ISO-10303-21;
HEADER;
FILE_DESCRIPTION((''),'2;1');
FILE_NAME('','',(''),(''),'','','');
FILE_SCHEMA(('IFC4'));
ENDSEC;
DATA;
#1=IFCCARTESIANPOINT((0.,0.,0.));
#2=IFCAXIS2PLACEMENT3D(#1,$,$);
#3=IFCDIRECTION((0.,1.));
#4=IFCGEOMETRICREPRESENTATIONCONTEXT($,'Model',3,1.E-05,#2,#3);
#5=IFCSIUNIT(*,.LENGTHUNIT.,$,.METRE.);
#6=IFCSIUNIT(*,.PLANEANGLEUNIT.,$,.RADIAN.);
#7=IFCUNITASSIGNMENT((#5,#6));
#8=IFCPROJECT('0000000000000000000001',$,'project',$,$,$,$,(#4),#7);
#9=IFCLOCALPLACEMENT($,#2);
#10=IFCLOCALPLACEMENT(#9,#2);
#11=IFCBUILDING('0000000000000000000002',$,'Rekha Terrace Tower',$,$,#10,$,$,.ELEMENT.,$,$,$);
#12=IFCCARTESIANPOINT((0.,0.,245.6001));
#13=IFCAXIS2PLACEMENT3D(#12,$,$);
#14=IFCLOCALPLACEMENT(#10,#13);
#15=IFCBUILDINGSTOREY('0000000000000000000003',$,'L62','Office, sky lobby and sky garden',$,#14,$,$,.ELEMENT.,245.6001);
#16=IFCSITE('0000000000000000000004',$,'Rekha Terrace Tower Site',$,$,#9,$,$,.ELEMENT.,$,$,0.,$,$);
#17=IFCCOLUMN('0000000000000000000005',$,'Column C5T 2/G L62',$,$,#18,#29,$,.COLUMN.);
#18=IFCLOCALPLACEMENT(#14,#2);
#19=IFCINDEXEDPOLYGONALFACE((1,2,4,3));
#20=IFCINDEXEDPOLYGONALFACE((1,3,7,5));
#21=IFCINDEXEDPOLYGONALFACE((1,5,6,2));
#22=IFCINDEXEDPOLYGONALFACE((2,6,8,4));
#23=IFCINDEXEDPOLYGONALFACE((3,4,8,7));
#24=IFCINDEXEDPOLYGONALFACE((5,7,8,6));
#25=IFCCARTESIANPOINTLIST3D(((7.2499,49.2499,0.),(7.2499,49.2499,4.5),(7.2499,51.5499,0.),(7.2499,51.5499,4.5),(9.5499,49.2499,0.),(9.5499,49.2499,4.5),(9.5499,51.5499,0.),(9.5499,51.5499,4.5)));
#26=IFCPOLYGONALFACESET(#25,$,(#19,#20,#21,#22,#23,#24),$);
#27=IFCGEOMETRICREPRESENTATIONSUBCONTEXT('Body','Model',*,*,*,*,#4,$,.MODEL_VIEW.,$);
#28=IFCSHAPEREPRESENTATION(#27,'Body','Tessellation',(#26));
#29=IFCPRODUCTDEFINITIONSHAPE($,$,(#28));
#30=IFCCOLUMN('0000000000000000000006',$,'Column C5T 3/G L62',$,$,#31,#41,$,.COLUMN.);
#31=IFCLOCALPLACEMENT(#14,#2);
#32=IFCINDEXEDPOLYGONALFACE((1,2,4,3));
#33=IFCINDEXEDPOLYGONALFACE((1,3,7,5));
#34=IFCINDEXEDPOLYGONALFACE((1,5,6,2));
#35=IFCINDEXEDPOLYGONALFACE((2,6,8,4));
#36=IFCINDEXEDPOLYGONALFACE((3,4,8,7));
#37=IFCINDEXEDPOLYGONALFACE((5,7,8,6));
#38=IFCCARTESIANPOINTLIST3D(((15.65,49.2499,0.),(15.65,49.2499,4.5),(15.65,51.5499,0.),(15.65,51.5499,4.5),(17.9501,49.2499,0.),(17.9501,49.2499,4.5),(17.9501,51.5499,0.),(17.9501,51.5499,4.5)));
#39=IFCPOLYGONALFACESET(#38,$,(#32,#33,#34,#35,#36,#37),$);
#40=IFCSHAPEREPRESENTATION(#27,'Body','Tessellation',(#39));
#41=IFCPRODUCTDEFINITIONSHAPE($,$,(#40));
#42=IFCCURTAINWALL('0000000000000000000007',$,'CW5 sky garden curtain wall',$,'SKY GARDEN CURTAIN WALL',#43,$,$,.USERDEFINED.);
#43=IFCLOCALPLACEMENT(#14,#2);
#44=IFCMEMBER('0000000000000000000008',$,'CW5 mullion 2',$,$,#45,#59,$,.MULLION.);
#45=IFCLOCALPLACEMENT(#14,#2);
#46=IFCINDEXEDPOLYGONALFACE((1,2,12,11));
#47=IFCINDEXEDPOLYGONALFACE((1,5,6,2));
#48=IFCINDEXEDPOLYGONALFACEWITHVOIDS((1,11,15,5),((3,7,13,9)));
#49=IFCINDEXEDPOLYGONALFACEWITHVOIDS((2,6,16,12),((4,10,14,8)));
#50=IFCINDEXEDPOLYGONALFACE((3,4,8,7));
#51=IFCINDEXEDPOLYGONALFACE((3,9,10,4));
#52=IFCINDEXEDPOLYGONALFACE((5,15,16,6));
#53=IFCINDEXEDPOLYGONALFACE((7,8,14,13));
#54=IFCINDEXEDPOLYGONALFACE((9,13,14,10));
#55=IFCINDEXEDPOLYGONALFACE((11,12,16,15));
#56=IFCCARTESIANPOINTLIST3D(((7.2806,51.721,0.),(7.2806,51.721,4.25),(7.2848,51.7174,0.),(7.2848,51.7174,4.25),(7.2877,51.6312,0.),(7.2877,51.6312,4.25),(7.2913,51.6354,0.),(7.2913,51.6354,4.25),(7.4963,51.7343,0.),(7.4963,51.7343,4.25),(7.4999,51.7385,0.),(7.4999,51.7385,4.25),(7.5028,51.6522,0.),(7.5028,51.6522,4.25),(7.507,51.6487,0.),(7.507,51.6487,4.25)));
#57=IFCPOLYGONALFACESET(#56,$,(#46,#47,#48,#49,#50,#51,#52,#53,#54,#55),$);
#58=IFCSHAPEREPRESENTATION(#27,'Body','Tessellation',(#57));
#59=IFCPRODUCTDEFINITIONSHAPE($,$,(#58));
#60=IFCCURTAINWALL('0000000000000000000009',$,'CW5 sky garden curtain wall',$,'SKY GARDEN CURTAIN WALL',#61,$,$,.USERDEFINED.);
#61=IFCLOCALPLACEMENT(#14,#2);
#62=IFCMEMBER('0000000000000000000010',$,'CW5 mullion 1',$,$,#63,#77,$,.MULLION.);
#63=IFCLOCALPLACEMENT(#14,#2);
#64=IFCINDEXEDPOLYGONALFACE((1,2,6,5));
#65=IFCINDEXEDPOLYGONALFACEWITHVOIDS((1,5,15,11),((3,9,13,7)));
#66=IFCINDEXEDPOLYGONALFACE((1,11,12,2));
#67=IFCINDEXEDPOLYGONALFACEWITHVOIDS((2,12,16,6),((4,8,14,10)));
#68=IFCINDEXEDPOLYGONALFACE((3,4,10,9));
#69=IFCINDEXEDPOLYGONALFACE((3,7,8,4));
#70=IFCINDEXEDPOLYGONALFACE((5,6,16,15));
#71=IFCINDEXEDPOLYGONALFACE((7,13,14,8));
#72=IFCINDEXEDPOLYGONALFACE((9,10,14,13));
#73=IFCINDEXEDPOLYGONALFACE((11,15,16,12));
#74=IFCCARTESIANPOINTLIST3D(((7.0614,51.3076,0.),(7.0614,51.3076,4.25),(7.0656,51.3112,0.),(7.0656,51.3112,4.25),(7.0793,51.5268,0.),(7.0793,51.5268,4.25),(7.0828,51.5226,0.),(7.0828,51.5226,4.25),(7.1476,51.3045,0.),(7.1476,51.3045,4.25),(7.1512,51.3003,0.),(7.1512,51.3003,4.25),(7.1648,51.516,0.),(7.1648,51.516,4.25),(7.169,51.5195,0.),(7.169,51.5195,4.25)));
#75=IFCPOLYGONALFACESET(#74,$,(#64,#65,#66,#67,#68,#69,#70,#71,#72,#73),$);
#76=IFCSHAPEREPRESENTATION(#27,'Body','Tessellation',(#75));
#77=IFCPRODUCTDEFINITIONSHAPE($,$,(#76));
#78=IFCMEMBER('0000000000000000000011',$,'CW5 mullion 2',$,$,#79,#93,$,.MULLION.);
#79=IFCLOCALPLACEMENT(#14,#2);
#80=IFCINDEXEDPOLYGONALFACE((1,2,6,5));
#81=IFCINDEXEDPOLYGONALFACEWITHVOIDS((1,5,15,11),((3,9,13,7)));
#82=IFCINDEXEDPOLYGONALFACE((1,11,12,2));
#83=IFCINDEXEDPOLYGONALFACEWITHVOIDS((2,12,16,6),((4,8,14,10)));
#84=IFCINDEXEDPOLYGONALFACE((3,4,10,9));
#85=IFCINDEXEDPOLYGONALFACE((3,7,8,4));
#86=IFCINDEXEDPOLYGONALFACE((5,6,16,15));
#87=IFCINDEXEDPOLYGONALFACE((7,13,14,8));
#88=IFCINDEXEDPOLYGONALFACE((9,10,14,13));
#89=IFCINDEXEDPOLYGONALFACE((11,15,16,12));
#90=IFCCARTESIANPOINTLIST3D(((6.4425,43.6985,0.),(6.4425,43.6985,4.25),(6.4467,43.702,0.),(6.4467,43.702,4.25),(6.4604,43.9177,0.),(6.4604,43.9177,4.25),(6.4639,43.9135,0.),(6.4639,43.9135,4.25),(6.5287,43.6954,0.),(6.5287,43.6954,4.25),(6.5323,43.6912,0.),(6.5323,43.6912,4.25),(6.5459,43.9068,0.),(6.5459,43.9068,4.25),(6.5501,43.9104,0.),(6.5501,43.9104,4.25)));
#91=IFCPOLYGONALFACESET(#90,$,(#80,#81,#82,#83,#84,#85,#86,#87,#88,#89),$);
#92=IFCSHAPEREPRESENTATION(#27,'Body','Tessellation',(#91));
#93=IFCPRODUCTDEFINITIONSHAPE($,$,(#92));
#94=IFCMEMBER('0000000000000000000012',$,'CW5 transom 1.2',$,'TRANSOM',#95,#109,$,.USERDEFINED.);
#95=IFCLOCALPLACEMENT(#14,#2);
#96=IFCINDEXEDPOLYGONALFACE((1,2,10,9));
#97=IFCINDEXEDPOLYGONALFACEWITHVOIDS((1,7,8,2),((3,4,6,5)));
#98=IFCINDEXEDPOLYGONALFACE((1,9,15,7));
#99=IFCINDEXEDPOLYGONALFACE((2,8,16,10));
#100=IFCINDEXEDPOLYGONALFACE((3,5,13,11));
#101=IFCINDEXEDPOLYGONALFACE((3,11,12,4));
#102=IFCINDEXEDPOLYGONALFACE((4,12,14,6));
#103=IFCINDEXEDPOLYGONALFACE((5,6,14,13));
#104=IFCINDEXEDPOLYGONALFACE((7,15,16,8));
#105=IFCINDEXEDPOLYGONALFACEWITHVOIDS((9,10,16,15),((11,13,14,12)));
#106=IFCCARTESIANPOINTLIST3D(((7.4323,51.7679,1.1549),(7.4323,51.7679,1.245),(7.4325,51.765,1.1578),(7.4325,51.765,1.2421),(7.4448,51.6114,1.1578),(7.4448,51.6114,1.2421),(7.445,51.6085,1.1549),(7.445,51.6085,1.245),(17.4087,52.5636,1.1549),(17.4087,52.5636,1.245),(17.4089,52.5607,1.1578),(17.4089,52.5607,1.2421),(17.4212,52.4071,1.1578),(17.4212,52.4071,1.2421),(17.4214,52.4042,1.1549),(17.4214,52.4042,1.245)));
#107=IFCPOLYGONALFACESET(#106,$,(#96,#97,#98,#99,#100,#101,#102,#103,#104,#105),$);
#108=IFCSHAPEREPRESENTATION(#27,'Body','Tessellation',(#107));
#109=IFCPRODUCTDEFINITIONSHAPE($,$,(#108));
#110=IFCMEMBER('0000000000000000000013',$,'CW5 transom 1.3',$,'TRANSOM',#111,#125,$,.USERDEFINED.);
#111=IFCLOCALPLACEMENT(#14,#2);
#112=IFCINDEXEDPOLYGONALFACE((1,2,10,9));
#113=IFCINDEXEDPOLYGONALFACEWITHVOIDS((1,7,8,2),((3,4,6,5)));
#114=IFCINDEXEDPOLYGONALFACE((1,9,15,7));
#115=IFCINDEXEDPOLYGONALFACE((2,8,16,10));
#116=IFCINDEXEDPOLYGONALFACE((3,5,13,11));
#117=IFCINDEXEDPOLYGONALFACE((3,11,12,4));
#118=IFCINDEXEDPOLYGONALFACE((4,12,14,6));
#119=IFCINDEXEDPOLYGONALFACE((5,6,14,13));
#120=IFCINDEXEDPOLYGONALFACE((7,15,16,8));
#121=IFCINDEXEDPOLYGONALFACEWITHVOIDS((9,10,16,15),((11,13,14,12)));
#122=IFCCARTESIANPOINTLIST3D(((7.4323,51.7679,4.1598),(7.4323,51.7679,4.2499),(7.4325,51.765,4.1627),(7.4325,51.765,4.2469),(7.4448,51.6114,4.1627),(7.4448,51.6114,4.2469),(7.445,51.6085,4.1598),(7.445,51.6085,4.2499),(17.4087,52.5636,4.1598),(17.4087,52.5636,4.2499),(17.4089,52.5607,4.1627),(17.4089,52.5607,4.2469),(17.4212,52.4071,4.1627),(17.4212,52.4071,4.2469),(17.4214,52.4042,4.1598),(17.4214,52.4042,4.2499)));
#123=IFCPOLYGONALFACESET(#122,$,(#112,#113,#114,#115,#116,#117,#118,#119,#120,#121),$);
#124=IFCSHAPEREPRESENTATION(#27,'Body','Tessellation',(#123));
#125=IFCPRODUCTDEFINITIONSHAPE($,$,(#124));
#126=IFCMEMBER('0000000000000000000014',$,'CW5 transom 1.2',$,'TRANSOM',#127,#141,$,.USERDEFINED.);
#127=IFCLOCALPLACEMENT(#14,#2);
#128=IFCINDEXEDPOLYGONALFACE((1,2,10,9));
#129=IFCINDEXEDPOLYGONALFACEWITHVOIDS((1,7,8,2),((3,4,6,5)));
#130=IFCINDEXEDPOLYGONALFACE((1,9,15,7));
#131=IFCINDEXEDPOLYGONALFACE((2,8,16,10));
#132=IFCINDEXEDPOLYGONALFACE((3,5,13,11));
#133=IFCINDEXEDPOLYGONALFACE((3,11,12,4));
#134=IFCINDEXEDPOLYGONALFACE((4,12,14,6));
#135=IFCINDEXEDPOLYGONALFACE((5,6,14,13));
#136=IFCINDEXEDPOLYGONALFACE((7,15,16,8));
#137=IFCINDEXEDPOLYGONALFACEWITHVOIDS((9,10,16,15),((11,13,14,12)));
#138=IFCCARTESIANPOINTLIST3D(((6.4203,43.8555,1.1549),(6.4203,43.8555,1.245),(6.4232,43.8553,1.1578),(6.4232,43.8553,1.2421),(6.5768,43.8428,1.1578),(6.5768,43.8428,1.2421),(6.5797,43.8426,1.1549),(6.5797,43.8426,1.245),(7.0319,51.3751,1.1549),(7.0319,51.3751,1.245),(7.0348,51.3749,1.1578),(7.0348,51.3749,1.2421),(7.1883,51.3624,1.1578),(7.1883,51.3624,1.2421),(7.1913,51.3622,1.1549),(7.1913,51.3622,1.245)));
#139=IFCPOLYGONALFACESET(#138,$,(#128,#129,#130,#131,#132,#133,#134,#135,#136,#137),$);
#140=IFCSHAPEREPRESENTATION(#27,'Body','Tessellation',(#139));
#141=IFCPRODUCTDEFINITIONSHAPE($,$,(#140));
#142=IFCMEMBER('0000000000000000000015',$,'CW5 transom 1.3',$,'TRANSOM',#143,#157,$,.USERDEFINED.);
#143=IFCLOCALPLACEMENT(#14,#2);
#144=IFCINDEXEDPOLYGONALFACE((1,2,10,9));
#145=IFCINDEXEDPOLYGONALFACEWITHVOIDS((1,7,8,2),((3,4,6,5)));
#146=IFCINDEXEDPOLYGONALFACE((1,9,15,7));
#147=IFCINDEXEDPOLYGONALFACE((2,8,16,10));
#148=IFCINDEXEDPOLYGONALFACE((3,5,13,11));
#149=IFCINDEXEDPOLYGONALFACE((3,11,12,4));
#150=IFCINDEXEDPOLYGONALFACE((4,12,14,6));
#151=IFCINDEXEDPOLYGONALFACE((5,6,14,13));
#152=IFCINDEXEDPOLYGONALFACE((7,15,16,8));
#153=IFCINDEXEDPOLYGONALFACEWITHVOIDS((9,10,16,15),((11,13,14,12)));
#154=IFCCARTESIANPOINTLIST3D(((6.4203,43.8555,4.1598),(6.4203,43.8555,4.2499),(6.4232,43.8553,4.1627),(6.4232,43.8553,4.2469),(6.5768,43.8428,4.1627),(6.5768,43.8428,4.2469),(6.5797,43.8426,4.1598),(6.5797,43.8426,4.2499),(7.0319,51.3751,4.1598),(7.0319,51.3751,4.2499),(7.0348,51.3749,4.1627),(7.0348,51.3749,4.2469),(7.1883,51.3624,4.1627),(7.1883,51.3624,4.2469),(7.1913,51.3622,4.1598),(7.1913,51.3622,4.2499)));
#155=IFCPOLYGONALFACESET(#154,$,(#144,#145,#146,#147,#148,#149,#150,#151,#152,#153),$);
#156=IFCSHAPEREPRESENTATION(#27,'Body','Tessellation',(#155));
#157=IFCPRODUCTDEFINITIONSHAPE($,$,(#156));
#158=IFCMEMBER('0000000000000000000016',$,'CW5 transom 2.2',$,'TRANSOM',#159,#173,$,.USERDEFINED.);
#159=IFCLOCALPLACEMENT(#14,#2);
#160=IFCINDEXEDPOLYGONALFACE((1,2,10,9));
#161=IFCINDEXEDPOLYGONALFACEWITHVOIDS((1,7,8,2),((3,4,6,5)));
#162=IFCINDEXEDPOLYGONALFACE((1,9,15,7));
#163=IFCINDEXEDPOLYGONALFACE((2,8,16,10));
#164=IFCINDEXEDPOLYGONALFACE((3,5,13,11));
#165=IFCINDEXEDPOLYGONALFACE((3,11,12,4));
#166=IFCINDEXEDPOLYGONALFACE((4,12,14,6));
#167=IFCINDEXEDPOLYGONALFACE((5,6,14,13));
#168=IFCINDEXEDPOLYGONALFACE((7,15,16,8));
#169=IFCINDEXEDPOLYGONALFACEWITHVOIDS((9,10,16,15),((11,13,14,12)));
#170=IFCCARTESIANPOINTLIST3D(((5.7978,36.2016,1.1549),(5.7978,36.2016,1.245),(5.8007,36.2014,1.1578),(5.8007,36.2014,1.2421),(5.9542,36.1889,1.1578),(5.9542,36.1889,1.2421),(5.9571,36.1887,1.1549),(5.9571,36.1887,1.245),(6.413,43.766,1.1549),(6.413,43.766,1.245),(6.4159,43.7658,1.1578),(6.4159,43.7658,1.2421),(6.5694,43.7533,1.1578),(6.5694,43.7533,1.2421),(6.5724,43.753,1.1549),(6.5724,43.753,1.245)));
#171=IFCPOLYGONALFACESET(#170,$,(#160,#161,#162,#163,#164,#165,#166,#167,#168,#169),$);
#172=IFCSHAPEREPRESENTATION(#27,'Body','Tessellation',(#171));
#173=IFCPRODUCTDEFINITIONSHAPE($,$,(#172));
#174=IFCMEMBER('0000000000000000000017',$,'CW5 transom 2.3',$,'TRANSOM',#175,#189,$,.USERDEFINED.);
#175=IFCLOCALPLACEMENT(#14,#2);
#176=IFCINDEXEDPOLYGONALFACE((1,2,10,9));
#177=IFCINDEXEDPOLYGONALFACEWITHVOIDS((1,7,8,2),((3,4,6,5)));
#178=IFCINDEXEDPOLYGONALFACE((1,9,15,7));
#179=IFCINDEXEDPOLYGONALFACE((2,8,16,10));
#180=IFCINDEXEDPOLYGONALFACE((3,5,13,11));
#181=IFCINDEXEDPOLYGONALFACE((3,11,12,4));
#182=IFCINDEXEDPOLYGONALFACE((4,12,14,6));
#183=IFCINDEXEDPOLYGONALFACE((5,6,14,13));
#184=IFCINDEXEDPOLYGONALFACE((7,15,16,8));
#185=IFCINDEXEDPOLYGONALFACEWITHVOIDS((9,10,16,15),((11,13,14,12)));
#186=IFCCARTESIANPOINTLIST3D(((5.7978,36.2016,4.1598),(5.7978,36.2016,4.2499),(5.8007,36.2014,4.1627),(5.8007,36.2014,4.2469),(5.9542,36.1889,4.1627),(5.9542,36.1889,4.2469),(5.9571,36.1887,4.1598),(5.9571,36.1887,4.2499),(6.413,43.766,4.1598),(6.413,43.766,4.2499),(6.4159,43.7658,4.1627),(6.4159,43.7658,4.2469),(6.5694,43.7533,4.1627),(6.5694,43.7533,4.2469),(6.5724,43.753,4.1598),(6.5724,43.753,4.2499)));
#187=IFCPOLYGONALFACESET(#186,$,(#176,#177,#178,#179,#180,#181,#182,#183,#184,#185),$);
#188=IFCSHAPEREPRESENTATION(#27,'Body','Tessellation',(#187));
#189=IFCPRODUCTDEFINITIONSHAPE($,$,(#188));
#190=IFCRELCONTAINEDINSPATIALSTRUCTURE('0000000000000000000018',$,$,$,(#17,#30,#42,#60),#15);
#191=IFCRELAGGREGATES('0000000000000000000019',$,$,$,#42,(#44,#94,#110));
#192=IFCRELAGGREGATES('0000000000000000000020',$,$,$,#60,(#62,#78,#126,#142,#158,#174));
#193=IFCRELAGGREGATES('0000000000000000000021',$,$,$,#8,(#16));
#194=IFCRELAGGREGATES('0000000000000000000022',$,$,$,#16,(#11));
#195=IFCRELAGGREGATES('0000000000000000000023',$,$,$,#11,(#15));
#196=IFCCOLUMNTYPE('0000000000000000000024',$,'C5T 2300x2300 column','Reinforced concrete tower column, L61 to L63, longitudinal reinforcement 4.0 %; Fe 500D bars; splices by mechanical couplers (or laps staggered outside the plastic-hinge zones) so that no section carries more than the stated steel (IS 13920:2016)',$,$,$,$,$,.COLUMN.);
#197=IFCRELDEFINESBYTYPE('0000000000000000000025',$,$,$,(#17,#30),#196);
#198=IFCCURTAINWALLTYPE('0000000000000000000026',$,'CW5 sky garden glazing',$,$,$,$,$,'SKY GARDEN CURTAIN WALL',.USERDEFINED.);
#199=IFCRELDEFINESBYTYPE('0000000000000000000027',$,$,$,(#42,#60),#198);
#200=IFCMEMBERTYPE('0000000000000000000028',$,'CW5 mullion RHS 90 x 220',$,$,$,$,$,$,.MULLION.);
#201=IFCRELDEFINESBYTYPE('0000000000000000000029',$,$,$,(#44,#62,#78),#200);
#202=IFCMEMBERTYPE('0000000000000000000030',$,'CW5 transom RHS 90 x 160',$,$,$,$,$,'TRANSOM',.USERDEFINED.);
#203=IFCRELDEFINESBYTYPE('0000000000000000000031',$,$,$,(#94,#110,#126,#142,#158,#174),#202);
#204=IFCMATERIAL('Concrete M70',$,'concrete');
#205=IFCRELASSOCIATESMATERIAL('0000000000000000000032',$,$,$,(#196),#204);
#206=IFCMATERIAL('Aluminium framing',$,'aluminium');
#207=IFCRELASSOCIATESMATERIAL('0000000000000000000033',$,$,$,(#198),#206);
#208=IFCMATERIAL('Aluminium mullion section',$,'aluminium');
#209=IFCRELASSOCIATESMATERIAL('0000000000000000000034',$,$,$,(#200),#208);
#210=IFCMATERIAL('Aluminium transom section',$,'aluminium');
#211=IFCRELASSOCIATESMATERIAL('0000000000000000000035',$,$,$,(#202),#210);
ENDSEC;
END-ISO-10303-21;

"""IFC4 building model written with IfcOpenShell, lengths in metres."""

from ifc_helpers import new_model, si_unit, direction, frame, origin, origin_2d, place, context, subcontext, project, spatial, rectangle, hollow_rectangle, extrude, material, material_profile, profile_set, type_object, element, aggregate, save


model = new_model("IFC4")

# Units and contexts
model_context = context("Model", 3, precision=1e-05, world=origin(), true_north=direction((0.0, 1.0)))
body_context = subcontext(model_context, "Body", "Model", "MODEL_VIEW")
ifc_project = project(units=[si_unit("LENGTHUNIT", "METRE"), si_unit("PLANEANGLEUNIT", "RADIAN")], contexts=[model_context])

# Site, building, storey
site_placement = place(None, origin())
site = spatial("IfcSite", under=ifc_project, at=site_placement, Name="Rekha Terrace Tower Site", CompositionType="ELEMENT", RefElevation=0.0)
building_placement = place(site_placement, origin())
building = spatial("IfcBuilding", under=site, at=building_placement, Name="Rekha Terrace Tower", CompositionType="ELEMENT")
storey_placement = place(building_placement, frame((0.0, 0.0, 245.6001)))
storey = spatial("IfcBuildingStorey", under=building, at=storey_placement, Name="L62", Description="Office, sky lobby and sky garden", CompositionType="ELEMENT", Elevation=245.6001)

# Columns
ifc_material_1 = material(Name="Concrete M70", Category="concrete")
ifc_material_profile_1 = material_profile(ifc_material_1, rectangle(XDim=2.3, YDim=2.3, at=origin_2d()), Name="RC 2300x2300")
ifc_profile_set_1 = profile_set([ifc_material_profile_1], Name="Concrete M70")
column_type = type_object("IfcColumnType", Name="C5T 2300x2300 column", Description="Reinforced concrete tower column, L61 to L63, longitudinal reinforcement 4.0 %; Fe 500D bars; splices by mechanical couplers (or laps staggered outside the plastic-hinge zones) so that no section carries more than the stated steel (IS 13920:2016)", PredefinedType="COLUMN", material=ifc_profile_set_1)
for number, where, z_axis, x_axis, name in (
    (1, (8.3999, 50.3999, 0.0), (0.0, 0.0, 1.0), (1.0, 0.0, 0.0), "Column C5T 2/G L62"),
    (2, (16.8, 50.3999, 0.0), (0.0, 0.0, 1.0), (1.0, 0.0, 0.0), "Column C5T 3/G L62"),
):
    element("IfcColumn", number, at=place(storey_placement, frame(where, z_axis=z_axis, x_axis=x_axis)), inside=storey, type_object=column_type, Name=name, PredefinedType="COLUMN", context=body_context, shape_type="SweptSolid", body=[
        extrude(rectangle(XDim=2.3, YDim=2.3, at=origin_2d()), origin(), (0.0, 0.0, 1.0), 4.5),
    ])

# Curtain wall, member
ifc_material_2 = material(Name="Aluminium framing", Category="aluminium")
curtain_wall_type = type_object("IfcCurtainWallType", Name="CW5 sky garden glazing", ElementType="SKY GARDEN CURTAIN WALL", PredefinedType="USERDEFINED", material=ifc_material_2)
curtain_wall_1_placement = place(storey_placement, origin())
curtain_wall_1 = element("IfcCurtainWall", 3, at=curtain_wall_1_placement, inside=storey, type_object=curtain_wall_type, Name="CW5 sky garden curtain wall", ObjectType="SKY GARDEN CURTAIN WALL", PredefinedType="USERDEFINED")
ifc_material_3 = material(Name="Aluminium mullion section", Category="aluminium")
ifc_material_profile_2 = material_profile(ifc_material_3, hollow_rectangle(XDim=0.0901, YDim=0.22, WallThickness=0.0039, at=origin_2d()), Name="AL RHS 90x220")
ifc_profile_set_2 = profile_set([ifc_material_profile_2], Name="Aluminium mullion section")
member_type_1 = type_object("IfcMemberType", Name="CW5 mullion RHS 90 x 220", PredefinedType="MULLION", material=ifc_profile_set_2)
member_1_placement = place(storey_placement, frame((7.3938, 51.6848, 0.0), z_axis=(0.0, 0.0, 1.0), x_axis=(0.079485, -0.996836, 0.0)))
member_1 = element("IfcMember", 4, at=member_1_placement, type_object=member_type_1, Name="CW5 mullion 2", PredefinedType="MULLION", context=body_context, shape_type="SweptSolid", body=[
    extrude(hollow_rectangle(XDim=0.0901, YDim=0.22, WallThickness=0.0039, at=origin_2d()), origin(), (0.0, 0.0, 1.0), 4.25),
])

# Curtain wall, members
curtain_wall_2_placement = place(storey_placement, origin())
curtain_wall_2 = element("IfcCurtainWall", 5, at=curtain_wall_2_placement, inside=storey, type_object=curtain_wall_type, Name="CW5 sky garden curtain wall", ObjectType="SKY GARDEN CURTAIN WALL", PredefinedType="USERDEFINED")
member_2_placement = place(storey_placement, frame((7.1152, 51.4136, 0.0), z_axis=(0.0, 0.0, 1.0), x_axis=(0.996709, -0.081068, 0.0)))
member_2 = element("IfcMember", 6, at=member_2_placement, type_object=member_type_1, Name="CW5 mullion 1", PredefinedType="MULLION", context=body_context, shape_type="SweptSolid", body=[
    extrude(hollow_rectangle(XDim=0.0901, YDim=0.22, WallThickness=0.0039, at=origin_2d()), origin(), (0.0, 0.0, 1.0), 4.25),
])
member_3_placement = place(storey_placement, frame((6.4963, 43.8044, 0.0), z_axis=(0.0, 0.0, 1.0), x_axis=(0.996709, -0.081068, 0.0)))
member_3 = element("IfcMember", 7, at=member_3_placement, type_object=member_type_1, Name="CW5 mullion 2", PredefinedType="MULLION", context=body_context, shape_type="SweptSolid", body=[
    extrude(hollow_rectangle(XDim=0.0901, YDim=0.22, WallThickness=0.0039, at=origin_2d()), origin(), (0.0, 0.0, 1.0), 4.25),
])

# Members
ifc_material_4 = material(Name="Aluminium transom section", Category="aluminium")
ifc_material_profile_3 = material_profile(ifc_material_4, hollow_rectangle(XDim=0.1599, YDim=0.0901, WallThickness=0.0029, at=origin_2d()), Name="AL RHS 160x90")
ifc_profile_set_3 = profile_set([ifc_material_profile_3], Name="Aluminium transom section")
member_type_2 = type_object("IfcMemberType", Name="CW5 transom RHS 90 x 160", ElementType="TRANSOM", PredefinedType="USERDEFINED", material=ifc_profile_set_3)
member_4_placement = place(storey_placement, frame((17.415, 52.4839, 1.2), z_axis=(-0.996835, -0.079502, 0.0), x_axis=(0.079502, -0.996835, 0.0)))
member_4 = element("IfcMember", 8, at=member_4_placement, type_object=member_type_2, Name="CW5 transom 1.2", ObjectType="TRANSOM", PredefinedType="USERDEFINED", context=body_context, shape_type="SweptSolid", body=[
    extrude(hollow_rectangle(XDim=0.1599, YDim=0.0901, WallThickness=0.0029, at=origin_2d()), origin(), (0.0, 0.0, 1.0), 10.0081),
])
member_5_placement = place(storey_placement, frame((17.415, 52.4839, 4.2048), z_axis=(-0.996835, -0.079502, 0.0), x_axis=(0.079502, -0.996835, 0.0)))
member_5 = element("IfcMember", 9, at=member_5_placement, type_object=member_type_2, Name="CW5 transom 1.3", ObjectType="TRANSOM", PredefinedType="USERDEFINED", context=body_context, shape_type="SweptSolid", body=[
    extrude(hollow_rectangle(XDim=0.1599, YDim=0.0901, WallThickness=0.0029, at=origin_2d()), origin(), (0.0, 0.0, 1.0), 10.0081),
])
member_6_placement = place(storey_placement, frame((7.1116, 51.3687, 1.2), z_axis=(-0.081064, -0.996709, 0.0), x_axis=(0.996709, -0.081064, 0.0)))
member_6 = element("IfcMember", 10, at=member_6_placement, type_object=member_type_2, Name="CW5 transom 1.2", ObjectType="TRANSOM", PredefinedType="USERDEFINED", context=body_context, shape_type="SweptSolid", body=[
    extrude(hollow_rectangle(XDim=0.1599, YDim=0.0901, WallThickness=0.0029, at=origin_2d()), origin(), (0.0, 0.0, 1.0), 7.5444),
])
member_7_placement = place(storey_placement, frame((7.1116, 51.3687, 4.2048), z_axis=(-0.081064, -0.996709, 0.0), x_axis=(0.996709, -0.081064, 0.0)))
member_7 = element("IfcMember", 11, at=member_7_placement, type_object=member_type_2, Name="CW5 transom 1.3", ObjectType="TRANSOM", PredefinedType="USERDEFINED", context=body_context, shape_type="SweptSolid", body=[
    extrude(hollow_rectangle(XDim=0.1599, YDim=0.0901, WallThickness=0.0029, at=origin_2d()), origin(), (0.0, 0.0, 1.0), 7.5444),
])
member_8_placement = place(storey_placement, frame((6.4927, 43.7595, 1.2), z_axis=(-0.081065, -0.996709, 0.0), x_axis=(0.996709, -0.081065, 0.0)))
member_8 = element("IfcMember", 12, at=member_8_placement, type_object=member_type_2, Name="CW5 transom 2.2", ObjectType="TRANSOM", PredefinedType="USERDEFINED", context=body_context, shape_type="SweptSolid", body=[
    extrude(hollow_rectangle(XDim=0.1599, YDim=0.0901, WallThickness=0.0029, at=origin_2d()), origin(), (0.0, 0.0, 1.0), 7.5894),
])
member_9_placement = place(storey_placement, frame((6.4927, 43.7595, 4.2048), z_axis=(-0.081065, -0.996709, 0.0), x_axis=(0.996709, -0.081065, 0.0)))
member_9 = element("IfcMember", 13, at=member_9_placement, type_object=member_type_2, Name="CW5 transom 2.3", ObjectType="TRANSOM", PredefinedType="USERDEFINED", context=body_context, shape_type="SweptSolid", body=[
    extrude(hollow_rectangle(XDim=0.1599, YDim=0.0901, WallThickness=0.0029, at=origin_2d()), origin(), (0.0, 0.0, 1.0), 7.5894),
])

aggregate(curtain_wall_1, [member_1, member_4, member_5])
aggregate(curtain_wall_2, [member_2, member_3, member_6, member_7, member_8, member_9])

save(model, "model.ifc")
